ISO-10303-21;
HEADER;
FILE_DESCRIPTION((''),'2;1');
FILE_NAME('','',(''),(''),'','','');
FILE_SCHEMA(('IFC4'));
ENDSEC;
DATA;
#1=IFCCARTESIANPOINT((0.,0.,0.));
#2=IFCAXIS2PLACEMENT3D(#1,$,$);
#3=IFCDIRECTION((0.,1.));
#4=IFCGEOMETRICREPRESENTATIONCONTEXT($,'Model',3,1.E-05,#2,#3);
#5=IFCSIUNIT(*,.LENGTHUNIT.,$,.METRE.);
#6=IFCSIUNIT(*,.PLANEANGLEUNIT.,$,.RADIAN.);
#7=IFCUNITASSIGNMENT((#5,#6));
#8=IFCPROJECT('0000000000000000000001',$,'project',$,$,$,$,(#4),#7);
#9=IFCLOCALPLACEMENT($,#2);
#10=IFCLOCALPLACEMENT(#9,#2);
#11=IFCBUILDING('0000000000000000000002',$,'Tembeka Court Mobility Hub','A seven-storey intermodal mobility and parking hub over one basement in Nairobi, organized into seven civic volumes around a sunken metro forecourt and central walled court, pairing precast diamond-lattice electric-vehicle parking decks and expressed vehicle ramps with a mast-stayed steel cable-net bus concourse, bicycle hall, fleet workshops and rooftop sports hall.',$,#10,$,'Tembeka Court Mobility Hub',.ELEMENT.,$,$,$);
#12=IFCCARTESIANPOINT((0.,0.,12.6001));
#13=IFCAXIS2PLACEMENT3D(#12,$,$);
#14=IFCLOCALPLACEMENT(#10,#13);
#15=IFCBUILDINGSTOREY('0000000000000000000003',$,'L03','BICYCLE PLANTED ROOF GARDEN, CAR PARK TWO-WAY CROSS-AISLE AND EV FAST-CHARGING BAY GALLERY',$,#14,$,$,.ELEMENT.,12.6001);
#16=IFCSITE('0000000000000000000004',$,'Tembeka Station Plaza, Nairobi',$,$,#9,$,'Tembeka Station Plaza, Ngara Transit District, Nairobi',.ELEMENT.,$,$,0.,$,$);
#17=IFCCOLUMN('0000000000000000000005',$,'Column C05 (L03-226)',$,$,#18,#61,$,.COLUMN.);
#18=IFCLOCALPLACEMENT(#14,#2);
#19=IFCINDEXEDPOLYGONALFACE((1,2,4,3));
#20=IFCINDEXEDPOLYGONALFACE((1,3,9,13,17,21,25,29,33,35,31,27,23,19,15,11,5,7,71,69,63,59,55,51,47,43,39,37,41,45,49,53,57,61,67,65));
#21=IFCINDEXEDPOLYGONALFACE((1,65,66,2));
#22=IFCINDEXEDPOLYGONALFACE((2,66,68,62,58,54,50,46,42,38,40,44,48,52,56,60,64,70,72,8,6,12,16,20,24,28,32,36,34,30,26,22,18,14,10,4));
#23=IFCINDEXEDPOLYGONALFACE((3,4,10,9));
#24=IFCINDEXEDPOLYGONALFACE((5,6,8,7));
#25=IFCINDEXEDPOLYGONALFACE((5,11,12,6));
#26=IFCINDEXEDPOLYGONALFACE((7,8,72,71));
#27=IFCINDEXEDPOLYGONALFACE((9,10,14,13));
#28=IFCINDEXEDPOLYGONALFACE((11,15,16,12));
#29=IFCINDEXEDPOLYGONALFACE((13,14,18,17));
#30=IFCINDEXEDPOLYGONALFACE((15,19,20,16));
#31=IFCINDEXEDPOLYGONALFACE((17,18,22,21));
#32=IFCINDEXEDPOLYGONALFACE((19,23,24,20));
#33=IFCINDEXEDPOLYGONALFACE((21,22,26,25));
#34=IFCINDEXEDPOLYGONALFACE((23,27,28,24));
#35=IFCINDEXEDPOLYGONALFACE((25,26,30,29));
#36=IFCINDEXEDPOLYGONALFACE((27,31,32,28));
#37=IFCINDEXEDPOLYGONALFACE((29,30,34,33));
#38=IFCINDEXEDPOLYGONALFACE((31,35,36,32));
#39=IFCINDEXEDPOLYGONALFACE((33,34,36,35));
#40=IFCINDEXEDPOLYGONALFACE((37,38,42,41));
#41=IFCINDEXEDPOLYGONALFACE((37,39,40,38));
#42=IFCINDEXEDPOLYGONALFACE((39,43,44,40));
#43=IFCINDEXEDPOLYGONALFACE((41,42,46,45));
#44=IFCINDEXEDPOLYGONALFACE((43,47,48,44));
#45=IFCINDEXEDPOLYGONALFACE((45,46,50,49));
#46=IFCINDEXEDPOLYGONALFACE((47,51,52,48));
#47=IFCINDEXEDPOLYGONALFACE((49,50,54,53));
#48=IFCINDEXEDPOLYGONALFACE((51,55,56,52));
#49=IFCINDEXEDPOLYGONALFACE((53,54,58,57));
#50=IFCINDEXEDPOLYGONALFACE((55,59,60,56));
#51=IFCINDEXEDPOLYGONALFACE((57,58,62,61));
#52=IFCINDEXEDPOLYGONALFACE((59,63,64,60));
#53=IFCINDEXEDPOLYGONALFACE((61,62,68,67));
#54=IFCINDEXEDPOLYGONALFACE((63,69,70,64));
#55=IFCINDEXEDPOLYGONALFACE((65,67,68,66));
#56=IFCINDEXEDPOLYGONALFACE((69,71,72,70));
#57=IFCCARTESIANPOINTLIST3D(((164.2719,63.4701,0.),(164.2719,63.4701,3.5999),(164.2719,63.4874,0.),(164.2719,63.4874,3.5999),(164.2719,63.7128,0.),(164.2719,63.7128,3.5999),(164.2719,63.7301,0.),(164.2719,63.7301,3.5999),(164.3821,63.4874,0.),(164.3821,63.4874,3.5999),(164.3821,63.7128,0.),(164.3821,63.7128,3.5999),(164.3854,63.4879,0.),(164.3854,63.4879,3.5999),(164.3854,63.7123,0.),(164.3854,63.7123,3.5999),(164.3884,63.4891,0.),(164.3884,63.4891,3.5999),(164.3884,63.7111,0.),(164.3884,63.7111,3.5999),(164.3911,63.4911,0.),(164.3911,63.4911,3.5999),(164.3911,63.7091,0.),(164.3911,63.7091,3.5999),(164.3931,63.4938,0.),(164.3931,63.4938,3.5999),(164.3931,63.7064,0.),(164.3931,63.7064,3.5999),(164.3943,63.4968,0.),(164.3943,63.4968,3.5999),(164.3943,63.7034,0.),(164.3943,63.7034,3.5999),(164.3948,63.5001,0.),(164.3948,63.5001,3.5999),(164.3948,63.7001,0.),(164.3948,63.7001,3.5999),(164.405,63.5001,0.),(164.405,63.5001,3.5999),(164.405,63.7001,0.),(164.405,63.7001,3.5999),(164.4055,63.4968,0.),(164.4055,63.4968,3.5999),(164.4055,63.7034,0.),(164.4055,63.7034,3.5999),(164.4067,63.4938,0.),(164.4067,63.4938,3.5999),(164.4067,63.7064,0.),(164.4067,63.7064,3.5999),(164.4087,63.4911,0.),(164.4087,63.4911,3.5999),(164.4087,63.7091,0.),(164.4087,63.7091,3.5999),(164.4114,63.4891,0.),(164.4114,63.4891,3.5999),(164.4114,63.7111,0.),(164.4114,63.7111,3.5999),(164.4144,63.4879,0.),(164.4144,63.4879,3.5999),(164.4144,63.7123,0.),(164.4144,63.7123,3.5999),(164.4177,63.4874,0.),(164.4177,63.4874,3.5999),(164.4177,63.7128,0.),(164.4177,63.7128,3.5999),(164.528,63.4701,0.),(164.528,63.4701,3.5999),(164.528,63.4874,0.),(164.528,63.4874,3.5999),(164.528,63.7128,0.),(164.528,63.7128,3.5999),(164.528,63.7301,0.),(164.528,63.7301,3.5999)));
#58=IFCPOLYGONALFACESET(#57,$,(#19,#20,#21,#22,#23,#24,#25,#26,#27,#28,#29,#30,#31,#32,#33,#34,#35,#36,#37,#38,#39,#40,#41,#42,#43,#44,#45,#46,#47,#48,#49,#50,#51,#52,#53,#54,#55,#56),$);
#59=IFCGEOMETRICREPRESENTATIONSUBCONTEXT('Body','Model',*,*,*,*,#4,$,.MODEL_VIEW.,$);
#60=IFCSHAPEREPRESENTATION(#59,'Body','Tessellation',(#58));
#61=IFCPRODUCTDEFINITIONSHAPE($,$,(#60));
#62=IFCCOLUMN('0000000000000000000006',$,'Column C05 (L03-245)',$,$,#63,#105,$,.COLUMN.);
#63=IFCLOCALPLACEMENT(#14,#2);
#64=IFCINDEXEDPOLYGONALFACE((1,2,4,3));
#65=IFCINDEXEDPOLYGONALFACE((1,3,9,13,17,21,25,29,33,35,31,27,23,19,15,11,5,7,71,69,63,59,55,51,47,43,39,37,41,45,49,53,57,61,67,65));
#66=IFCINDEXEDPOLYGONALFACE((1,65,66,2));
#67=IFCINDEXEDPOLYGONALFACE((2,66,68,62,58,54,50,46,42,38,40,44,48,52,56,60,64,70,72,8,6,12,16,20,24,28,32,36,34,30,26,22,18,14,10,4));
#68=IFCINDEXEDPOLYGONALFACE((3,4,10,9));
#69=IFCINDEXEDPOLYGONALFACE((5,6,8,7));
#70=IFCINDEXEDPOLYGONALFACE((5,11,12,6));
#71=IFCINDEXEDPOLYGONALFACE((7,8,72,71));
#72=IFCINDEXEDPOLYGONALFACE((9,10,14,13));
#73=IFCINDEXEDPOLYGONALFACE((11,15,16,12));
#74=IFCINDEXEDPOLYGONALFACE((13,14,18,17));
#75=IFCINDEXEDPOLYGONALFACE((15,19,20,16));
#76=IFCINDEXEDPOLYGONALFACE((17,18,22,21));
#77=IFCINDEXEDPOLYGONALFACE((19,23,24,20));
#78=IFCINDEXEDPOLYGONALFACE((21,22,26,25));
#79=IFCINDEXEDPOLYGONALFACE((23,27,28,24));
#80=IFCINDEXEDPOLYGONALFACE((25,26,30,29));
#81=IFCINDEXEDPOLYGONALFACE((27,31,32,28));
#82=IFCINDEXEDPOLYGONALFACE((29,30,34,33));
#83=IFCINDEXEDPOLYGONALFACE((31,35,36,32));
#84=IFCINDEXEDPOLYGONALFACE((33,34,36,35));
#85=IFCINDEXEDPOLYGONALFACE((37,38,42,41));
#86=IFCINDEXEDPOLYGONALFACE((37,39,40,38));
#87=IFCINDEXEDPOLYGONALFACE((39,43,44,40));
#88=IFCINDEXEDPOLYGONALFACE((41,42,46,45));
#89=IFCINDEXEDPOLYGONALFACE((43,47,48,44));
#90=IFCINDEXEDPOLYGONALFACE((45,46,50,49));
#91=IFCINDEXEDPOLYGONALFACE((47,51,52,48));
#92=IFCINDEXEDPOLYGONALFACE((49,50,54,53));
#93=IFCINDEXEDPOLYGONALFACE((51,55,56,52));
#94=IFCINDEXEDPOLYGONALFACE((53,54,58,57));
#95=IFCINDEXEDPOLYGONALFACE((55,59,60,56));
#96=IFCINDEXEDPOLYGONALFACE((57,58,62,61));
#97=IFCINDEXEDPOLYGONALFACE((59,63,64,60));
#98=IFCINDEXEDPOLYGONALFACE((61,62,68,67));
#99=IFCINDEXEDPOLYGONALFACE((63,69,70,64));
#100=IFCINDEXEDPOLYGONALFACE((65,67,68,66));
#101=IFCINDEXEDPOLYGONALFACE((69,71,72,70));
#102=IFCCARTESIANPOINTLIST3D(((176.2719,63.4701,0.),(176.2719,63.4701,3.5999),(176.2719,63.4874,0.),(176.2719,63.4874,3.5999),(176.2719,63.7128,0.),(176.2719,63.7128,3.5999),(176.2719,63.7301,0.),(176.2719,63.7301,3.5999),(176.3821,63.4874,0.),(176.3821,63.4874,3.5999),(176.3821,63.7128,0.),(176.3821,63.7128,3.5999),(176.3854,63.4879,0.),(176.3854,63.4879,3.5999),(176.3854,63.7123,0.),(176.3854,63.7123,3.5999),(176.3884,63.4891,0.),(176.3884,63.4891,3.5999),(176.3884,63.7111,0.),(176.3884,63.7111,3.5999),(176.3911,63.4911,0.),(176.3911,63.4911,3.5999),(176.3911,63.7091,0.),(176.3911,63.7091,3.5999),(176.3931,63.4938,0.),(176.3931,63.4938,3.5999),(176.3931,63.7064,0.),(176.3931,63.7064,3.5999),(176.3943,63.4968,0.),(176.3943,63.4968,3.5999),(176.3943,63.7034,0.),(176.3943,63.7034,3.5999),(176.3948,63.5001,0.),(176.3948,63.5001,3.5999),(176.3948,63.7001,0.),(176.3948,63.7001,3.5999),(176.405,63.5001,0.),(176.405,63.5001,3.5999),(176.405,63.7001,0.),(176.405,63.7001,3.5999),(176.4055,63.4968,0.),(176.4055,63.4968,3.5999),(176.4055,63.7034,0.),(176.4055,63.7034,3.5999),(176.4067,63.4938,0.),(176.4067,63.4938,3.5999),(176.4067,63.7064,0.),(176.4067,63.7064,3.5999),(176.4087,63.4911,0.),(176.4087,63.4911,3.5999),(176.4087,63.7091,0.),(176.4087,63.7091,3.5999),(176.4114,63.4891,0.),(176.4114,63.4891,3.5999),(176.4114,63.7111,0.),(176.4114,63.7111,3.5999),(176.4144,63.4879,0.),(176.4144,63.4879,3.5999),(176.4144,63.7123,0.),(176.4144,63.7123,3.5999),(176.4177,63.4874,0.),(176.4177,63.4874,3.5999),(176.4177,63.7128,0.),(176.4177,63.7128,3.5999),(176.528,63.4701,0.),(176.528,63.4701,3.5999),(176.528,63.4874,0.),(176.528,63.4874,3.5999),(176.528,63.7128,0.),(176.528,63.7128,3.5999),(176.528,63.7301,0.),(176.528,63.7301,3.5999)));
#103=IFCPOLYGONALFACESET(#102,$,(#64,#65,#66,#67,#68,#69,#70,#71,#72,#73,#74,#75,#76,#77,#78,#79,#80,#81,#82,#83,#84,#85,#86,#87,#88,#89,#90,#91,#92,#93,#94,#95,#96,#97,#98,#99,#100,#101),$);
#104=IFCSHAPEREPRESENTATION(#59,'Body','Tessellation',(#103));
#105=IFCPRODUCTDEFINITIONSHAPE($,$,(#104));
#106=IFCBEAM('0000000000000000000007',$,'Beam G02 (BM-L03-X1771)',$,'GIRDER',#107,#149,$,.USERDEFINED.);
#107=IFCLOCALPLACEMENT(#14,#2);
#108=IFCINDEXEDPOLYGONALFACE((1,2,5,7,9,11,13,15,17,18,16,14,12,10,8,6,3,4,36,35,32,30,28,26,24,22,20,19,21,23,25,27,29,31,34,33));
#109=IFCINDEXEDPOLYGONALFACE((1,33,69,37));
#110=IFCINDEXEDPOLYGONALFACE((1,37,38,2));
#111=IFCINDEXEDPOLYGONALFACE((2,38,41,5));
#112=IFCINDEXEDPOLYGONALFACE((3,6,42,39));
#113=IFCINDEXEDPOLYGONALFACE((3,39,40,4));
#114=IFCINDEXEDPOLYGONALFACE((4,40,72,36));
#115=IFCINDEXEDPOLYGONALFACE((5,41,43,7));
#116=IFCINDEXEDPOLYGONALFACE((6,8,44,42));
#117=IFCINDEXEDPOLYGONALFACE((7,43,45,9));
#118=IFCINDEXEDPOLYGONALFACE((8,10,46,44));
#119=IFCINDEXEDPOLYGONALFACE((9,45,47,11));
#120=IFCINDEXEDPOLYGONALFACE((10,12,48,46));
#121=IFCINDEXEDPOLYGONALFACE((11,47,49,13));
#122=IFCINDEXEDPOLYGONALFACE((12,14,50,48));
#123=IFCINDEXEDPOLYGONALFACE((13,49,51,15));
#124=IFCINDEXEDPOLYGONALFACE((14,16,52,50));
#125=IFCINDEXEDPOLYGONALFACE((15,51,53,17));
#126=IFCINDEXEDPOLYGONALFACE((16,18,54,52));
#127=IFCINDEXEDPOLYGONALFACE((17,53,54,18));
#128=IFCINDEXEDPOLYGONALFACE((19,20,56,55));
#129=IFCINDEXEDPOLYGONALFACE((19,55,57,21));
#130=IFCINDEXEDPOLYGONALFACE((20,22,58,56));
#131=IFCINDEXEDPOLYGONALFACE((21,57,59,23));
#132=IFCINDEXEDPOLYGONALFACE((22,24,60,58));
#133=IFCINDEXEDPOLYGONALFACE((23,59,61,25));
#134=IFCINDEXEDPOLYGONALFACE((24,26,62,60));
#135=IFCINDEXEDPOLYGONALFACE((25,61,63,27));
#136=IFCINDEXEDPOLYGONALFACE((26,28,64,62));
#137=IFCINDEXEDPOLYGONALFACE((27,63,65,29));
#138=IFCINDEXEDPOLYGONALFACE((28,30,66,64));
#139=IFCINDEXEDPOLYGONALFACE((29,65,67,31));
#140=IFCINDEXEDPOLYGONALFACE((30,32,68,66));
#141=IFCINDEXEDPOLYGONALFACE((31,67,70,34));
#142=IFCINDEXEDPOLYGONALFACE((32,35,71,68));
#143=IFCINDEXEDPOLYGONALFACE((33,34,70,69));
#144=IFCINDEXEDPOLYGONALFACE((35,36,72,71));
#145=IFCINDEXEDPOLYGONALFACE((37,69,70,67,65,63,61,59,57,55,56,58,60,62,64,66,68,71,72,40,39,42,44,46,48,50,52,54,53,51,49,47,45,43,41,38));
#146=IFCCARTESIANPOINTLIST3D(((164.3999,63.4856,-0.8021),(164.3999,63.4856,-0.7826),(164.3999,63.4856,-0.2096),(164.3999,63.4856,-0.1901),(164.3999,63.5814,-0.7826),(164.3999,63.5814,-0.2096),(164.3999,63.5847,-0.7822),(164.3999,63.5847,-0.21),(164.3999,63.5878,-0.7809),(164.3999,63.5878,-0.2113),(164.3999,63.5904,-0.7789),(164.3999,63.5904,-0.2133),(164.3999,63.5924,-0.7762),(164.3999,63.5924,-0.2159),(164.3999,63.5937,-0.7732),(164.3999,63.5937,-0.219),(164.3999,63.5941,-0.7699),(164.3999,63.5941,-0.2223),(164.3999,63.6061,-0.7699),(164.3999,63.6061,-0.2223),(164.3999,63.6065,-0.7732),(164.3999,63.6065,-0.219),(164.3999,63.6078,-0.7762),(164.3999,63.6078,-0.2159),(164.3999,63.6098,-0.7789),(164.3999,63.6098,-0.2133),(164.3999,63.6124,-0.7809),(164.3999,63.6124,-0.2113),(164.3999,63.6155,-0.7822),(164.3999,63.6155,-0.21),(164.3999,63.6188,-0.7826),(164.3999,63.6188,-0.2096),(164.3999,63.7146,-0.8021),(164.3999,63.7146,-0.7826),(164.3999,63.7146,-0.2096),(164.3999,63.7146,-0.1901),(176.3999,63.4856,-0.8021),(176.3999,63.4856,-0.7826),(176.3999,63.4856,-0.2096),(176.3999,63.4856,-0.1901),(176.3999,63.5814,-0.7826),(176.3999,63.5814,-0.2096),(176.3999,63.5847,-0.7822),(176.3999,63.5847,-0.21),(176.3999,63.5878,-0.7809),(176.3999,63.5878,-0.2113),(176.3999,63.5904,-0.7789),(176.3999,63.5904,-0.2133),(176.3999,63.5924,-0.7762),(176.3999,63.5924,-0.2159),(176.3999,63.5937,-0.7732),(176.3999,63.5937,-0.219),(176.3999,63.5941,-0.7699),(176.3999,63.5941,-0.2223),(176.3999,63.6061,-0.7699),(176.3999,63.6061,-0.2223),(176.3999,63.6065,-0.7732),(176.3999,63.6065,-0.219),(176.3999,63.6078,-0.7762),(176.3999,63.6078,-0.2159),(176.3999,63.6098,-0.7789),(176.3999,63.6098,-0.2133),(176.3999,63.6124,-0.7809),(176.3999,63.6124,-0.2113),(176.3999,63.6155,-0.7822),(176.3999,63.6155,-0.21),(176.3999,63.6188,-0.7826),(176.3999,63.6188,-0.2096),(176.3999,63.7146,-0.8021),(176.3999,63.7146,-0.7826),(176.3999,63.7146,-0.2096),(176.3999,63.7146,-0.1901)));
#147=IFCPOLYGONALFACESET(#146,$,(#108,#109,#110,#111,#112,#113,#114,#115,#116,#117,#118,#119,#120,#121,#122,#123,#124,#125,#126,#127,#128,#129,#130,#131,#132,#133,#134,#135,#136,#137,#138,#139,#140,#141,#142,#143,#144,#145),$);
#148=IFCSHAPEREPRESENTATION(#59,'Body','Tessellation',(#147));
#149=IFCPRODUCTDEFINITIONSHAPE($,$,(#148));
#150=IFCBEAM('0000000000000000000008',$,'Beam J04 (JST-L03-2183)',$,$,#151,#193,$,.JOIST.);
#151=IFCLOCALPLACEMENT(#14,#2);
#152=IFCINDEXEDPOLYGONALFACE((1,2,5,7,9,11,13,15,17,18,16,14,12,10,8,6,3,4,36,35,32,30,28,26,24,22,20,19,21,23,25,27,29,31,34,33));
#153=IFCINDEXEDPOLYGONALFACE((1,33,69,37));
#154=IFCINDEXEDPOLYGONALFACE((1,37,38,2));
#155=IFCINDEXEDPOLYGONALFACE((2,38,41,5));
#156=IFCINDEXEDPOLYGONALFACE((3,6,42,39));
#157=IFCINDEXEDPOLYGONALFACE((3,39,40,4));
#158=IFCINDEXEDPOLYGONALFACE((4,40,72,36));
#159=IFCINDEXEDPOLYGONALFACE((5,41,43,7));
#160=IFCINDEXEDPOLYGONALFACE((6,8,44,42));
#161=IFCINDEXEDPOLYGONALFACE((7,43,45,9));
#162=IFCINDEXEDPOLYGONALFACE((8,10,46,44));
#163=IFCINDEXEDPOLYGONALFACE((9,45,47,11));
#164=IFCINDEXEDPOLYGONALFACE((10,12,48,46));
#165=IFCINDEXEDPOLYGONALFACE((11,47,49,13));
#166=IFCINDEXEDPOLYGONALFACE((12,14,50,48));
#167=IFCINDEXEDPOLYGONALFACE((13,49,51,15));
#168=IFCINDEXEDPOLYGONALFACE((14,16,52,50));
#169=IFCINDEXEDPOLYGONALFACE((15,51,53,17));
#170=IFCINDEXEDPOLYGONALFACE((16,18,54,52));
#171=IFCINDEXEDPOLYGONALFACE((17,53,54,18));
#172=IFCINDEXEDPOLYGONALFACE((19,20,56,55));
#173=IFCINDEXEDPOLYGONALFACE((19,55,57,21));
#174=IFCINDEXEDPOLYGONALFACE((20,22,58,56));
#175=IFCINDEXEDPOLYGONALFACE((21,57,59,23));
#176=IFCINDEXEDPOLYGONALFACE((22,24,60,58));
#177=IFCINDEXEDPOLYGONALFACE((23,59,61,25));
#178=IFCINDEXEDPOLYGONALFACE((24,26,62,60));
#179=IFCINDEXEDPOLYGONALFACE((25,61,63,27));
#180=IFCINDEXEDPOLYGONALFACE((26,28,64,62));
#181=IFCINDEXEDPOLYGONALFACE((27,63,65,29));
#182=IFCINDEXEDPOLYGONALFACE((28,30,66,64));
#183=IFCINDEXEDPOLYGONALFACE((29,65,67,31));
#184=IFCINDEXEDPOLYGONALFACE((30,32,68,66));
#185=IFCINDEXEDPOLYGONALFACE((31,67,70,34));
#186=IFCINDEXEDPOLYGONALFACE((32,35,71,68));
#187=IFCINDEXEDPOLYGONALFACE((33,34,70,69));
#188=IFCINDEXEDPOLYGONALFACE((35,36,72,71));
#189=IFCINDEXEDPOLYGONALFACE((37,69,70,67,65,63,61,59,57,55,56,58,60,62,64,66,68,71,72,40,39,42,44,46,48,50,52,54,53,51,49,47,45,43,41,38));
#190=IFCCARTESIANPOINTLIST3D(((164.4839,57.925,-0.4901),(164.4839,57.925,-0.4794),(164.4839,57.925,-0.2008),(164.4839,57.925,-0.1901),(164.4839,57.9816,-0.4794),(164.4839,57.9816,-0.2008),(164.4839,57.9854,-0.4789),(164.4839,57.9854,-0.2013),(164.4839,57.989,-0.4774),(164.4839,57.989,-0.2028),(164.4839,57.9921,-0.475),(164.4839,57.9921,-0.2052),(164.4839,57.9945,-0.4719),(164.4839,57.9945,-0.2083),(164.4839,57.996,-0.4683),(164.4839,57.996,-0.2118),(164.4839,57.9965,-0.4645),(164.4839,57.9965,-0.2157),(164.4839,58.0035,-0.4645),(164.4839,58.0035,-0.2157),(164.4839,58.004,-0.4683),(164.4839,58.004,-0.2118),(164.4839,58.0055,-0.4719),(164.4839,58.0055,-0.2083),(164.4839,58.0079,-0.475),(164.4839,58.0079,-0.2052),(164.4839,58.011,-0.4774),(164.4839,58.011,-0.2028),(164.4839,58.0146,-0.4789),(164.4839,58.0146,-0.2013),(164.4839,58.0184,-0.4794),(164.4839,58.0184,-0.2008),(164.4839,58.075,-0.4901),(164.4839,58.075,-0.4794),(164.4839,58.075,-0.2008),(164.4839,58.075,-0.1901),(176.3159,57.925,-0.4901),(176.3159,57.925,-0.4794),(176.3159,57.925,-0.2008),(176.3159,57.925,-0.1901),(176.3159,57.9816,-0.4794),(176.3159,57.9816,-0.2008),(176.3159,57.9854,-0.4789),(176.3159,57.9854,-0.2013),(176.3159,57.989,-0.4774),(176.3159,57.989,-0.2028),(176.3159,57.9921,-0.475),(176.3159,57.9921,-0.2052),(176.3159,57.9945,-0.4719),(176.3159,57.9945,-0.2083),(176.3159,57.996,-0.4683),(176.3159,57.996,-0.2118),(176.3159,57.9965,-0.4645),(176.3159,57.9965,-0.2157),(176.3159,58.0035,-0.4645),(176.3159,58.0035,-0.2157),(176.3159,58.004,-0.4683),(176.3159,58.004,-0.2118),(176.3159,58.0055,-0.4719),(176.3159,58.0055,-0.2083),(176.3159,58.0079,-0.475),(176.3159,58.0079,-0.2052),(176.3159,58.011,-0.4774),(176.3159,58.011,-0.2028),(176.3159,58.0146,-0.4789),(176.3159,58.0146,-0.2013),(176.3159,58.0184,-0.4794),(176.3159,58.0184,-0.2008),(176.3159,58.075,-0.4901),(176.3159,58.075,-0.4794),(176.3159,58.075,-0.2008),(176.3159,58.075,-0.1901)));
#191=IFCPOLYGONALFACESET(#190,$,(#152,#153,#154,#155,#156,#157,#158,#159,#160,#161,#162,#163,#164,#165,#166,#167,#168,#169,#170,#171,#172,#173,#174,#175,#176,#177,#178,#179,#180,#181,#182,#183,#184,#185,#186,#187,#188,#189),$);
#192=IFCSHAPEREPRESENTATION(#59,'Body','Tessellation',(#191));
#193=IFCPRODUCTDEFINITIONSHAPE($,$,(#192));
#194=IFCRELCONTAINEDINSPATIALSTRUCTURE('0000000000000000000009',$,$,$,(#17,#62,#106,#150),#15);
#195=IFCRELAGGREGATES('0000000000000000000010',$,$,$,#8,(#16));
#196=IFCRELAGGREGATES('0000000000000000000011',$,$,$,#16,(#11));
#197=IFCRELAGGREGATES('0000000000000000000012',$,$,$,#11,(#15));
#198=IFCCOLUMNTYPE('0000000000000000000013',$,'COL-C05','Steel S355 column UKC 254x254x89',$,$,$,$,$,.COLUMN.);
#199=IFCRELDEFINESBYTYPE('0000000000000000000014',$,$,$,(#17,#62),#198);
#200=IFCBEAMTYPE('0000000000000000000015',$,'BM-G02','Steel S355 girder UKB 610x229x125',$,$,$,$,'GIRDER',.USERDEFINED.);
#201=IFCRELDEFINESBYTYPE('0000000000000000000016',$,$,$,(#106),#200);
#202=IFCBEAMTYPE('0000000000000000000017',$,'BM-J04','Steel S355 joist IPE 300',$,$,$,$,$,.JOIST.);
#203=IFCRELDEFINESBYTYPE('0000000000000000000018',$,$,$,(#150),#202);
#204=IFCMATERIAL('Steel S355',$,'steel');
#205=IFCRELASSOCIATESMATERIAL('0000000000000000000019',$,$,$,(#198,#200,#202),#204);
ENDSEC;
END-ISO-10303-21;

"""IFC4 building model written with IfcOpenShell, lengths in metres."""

from ifc_helpers import new_model, si_unit, direction, frame, origin, origin_2d, place, context, subcontext, project, spatial, i_section, extrude, material, material_profile, profile_set, type_object, element, save


model = new_model("IFC4")

# Units and contexts
model_context = context("Model", 3, precision=1e-05, world=origin(), true_north=direction((0.0, 1.0)))
body_context = subcontext(model_context, "Body", "Model", "MODEL_VIEW")
ifc_project = project(units=[si_unit("LENGTHUNIT", "METRE"), si_unit("PLANEANGLEUNIT", "RADIAN")], contexts=[model_context])

# Site, building, storey
site_placement = place(None, origin())
site = spatial("IfcSite", under=ifc_project, at=site_placement, Name="Tembeka Station Plaza, Nairobi", LongName="Tembeka Station Plaza, Ngara Transit District, Nairobi", CompositionType="ELEMENT", RefElevation=0.0)
building_placement = place(site_placement, origin())
building = spatial("IfcBuilding", under=site, at=building_placement, Name="Tembeka Court Mobility Hub", Description="A seven-storey intermodal mobility and parking hub over one basement in Nairobi, organized into seven civic volumes around a sunken metro forecourt and central walled court, pairing precast diamond-lattice electric-vehicle parking decks and expressed vehicle ramps with a mast-stayed steel cable-net bus concourse, bicycle hall, fleet workshops and rooftop sports hall.", LongName="Tembeka Court Mobility Hub", CompositionType="ELEMENT")
storey_placement = place(building_placement, frame((0.0, 0.0, 12.6001)))
storey = spatial("IfcBuildingStorey", under=building, at=storey_placement, Name="L03", Description="BICYCLE PLANTED ROOF GARDEN, CAR PARK TWO-WAY CROSS-AISLE AND EV FAST-CHARGING BAY GALLERY", CompositionType="ELEMENT", Elevation=12.6001)

# Columns
ifc_material_1 = material(Name="Steel S355", Category="steel")
ifc_material_profile_1 = material_profile(ifc_material_1, i_section(OverallWidth=0.2561, OverallDepth=0.26, WebThickness=0.0103, FlangeThickness=0.0173, FilletRadius=0.0127, at=origin_2d()), Name="UKC 254x254x89")
ifc_profile_set_1 = profile_set([ifc_material_profile_1], Name="Steel S355")
column_type = type_object("IfcColumnType", Name="COL-C05", Description="Steel S355 column UKC 254x254x89", PredefinedType="COLUMN", material=ifc_profile_set_1)
for number, where, z_axis, x_axis, name in (
    (1, (164.3999, 63.6001, 0.0), (0.0, 0.0, 1.0), (1.0, 0.0, 0.0), "Column C05 (L03-226)"),
    (2, (176.3999, 63.6001, 0.0), (0.0, 0.0, 1.0), (1.0, 0.0, 0.0), "Column C05 (L03-245)"),
):
    element("IfcColumn", number, at=place(storey_placement, frame(where, z_axis=z_axis, x_axis=x_axis)), inside=storey, type_object=column_type, Name=name, PredefinedType="COLUMN", context=body_context, shape_type="SweptSolid", body=[
        extrude(i_section(OverallWidth=0.2561, OverallDepth=0.26, WebThickness=0.0103, FlangeThickness=0.0173, FilletRadius=0.0127, at=origin_2d()), origin(), (0.0, 0.0, 1.0), 3.5999),
    ])

# Beams
ifc_material_profile_2 = material_profile(ifc_material_1, i_section(OverallWidth=0.229, OverallDepth=0.6121, WebThickness=0.012, FlangeThickness=0.0195, FilletRadius=0.0127, at=origin_2d()), Name="UKB 610x229x125")
ifc_profile_set_2 = profile_set([ifc_material_profile_2], Name="Steel S355")
beam_type_1 = type_object("IfcBeamType", Name="BM-G02", Description="Steel S355 girder UKB 610x229x125", ElementType="GIRDER", PredefinedType="USERDEFINED", material=ifc_profile_set_2)
beam_placement = place(storey_placement, frame((164.3999, 63.6001, -0.4961), z_axis=(1.0, 0.0, 0.0), x_axis=(0.0, 1.0, 0.0)))
element("IfcBeam", 3, at=beam_placement, inside=storey, type_object=beam_type_1, Name="Beam G02 (BM-L03-X1771)", ObjectType="GIRDER", PredefinedType="USERDEFINED", context=body_context, shape_type="SweptSolid", body=[
    extrude(i_section(OverallWidth=0.229, OverallDepth=0.6121, WebThickness=0.012, FlangeThickness=0.0195, FilletRadius=0.0127, at=origin_2d()), origin(), (0.0, 0.0, 1.0), 12.0),
])
ifc_material_profile_3 = material_profile(ifc_material_1, i_section(OverallWidth=0.1499, OverallDepth=0.3, WebThickness=0.0071, FlangeThickness=0.0107, FilletRadius=0.0149, at=origin_2d()), Name="IPE 300")
ifc_profile_set_3 = profile_set([ifc_material_profile_3], Name="Steel S355")
beam_type_2 = type_object("IfcBeamType", Name="BM-J04", Description="Steel S355 joist IPE 300", PredefinedType="JOIST", material=ifc_profile_set_3)
for number, where, z_axis, x_axis, name in (
    (4, (164.4839, 58.0, -0.3401), (1.0, 0.0, 0.0), (0.0, 1.0, 0.0), "Beam J04 (JST-L03-2183)"),
):
    element("IfcBeam", number, at=place(storey_placement, frame(where, z_axis=z_axis, x_axis=x_axis)), inside=storey, type_object=beam_type_2, Name=name, PredefinedType="JOIST", context=body_context, shape_type="SweptSolid", body=[
        extrude(i_section(OverallWidth=0.1499, OverallDepth=0.3, WebThickness=0.0071, FlangeThickness=0.0107, FilletRadius=0.0149, at=origin_2d()), origin(), (0.0, 0.0, 1.0), 11.832),
    ])

save(model, "model.ifc")
